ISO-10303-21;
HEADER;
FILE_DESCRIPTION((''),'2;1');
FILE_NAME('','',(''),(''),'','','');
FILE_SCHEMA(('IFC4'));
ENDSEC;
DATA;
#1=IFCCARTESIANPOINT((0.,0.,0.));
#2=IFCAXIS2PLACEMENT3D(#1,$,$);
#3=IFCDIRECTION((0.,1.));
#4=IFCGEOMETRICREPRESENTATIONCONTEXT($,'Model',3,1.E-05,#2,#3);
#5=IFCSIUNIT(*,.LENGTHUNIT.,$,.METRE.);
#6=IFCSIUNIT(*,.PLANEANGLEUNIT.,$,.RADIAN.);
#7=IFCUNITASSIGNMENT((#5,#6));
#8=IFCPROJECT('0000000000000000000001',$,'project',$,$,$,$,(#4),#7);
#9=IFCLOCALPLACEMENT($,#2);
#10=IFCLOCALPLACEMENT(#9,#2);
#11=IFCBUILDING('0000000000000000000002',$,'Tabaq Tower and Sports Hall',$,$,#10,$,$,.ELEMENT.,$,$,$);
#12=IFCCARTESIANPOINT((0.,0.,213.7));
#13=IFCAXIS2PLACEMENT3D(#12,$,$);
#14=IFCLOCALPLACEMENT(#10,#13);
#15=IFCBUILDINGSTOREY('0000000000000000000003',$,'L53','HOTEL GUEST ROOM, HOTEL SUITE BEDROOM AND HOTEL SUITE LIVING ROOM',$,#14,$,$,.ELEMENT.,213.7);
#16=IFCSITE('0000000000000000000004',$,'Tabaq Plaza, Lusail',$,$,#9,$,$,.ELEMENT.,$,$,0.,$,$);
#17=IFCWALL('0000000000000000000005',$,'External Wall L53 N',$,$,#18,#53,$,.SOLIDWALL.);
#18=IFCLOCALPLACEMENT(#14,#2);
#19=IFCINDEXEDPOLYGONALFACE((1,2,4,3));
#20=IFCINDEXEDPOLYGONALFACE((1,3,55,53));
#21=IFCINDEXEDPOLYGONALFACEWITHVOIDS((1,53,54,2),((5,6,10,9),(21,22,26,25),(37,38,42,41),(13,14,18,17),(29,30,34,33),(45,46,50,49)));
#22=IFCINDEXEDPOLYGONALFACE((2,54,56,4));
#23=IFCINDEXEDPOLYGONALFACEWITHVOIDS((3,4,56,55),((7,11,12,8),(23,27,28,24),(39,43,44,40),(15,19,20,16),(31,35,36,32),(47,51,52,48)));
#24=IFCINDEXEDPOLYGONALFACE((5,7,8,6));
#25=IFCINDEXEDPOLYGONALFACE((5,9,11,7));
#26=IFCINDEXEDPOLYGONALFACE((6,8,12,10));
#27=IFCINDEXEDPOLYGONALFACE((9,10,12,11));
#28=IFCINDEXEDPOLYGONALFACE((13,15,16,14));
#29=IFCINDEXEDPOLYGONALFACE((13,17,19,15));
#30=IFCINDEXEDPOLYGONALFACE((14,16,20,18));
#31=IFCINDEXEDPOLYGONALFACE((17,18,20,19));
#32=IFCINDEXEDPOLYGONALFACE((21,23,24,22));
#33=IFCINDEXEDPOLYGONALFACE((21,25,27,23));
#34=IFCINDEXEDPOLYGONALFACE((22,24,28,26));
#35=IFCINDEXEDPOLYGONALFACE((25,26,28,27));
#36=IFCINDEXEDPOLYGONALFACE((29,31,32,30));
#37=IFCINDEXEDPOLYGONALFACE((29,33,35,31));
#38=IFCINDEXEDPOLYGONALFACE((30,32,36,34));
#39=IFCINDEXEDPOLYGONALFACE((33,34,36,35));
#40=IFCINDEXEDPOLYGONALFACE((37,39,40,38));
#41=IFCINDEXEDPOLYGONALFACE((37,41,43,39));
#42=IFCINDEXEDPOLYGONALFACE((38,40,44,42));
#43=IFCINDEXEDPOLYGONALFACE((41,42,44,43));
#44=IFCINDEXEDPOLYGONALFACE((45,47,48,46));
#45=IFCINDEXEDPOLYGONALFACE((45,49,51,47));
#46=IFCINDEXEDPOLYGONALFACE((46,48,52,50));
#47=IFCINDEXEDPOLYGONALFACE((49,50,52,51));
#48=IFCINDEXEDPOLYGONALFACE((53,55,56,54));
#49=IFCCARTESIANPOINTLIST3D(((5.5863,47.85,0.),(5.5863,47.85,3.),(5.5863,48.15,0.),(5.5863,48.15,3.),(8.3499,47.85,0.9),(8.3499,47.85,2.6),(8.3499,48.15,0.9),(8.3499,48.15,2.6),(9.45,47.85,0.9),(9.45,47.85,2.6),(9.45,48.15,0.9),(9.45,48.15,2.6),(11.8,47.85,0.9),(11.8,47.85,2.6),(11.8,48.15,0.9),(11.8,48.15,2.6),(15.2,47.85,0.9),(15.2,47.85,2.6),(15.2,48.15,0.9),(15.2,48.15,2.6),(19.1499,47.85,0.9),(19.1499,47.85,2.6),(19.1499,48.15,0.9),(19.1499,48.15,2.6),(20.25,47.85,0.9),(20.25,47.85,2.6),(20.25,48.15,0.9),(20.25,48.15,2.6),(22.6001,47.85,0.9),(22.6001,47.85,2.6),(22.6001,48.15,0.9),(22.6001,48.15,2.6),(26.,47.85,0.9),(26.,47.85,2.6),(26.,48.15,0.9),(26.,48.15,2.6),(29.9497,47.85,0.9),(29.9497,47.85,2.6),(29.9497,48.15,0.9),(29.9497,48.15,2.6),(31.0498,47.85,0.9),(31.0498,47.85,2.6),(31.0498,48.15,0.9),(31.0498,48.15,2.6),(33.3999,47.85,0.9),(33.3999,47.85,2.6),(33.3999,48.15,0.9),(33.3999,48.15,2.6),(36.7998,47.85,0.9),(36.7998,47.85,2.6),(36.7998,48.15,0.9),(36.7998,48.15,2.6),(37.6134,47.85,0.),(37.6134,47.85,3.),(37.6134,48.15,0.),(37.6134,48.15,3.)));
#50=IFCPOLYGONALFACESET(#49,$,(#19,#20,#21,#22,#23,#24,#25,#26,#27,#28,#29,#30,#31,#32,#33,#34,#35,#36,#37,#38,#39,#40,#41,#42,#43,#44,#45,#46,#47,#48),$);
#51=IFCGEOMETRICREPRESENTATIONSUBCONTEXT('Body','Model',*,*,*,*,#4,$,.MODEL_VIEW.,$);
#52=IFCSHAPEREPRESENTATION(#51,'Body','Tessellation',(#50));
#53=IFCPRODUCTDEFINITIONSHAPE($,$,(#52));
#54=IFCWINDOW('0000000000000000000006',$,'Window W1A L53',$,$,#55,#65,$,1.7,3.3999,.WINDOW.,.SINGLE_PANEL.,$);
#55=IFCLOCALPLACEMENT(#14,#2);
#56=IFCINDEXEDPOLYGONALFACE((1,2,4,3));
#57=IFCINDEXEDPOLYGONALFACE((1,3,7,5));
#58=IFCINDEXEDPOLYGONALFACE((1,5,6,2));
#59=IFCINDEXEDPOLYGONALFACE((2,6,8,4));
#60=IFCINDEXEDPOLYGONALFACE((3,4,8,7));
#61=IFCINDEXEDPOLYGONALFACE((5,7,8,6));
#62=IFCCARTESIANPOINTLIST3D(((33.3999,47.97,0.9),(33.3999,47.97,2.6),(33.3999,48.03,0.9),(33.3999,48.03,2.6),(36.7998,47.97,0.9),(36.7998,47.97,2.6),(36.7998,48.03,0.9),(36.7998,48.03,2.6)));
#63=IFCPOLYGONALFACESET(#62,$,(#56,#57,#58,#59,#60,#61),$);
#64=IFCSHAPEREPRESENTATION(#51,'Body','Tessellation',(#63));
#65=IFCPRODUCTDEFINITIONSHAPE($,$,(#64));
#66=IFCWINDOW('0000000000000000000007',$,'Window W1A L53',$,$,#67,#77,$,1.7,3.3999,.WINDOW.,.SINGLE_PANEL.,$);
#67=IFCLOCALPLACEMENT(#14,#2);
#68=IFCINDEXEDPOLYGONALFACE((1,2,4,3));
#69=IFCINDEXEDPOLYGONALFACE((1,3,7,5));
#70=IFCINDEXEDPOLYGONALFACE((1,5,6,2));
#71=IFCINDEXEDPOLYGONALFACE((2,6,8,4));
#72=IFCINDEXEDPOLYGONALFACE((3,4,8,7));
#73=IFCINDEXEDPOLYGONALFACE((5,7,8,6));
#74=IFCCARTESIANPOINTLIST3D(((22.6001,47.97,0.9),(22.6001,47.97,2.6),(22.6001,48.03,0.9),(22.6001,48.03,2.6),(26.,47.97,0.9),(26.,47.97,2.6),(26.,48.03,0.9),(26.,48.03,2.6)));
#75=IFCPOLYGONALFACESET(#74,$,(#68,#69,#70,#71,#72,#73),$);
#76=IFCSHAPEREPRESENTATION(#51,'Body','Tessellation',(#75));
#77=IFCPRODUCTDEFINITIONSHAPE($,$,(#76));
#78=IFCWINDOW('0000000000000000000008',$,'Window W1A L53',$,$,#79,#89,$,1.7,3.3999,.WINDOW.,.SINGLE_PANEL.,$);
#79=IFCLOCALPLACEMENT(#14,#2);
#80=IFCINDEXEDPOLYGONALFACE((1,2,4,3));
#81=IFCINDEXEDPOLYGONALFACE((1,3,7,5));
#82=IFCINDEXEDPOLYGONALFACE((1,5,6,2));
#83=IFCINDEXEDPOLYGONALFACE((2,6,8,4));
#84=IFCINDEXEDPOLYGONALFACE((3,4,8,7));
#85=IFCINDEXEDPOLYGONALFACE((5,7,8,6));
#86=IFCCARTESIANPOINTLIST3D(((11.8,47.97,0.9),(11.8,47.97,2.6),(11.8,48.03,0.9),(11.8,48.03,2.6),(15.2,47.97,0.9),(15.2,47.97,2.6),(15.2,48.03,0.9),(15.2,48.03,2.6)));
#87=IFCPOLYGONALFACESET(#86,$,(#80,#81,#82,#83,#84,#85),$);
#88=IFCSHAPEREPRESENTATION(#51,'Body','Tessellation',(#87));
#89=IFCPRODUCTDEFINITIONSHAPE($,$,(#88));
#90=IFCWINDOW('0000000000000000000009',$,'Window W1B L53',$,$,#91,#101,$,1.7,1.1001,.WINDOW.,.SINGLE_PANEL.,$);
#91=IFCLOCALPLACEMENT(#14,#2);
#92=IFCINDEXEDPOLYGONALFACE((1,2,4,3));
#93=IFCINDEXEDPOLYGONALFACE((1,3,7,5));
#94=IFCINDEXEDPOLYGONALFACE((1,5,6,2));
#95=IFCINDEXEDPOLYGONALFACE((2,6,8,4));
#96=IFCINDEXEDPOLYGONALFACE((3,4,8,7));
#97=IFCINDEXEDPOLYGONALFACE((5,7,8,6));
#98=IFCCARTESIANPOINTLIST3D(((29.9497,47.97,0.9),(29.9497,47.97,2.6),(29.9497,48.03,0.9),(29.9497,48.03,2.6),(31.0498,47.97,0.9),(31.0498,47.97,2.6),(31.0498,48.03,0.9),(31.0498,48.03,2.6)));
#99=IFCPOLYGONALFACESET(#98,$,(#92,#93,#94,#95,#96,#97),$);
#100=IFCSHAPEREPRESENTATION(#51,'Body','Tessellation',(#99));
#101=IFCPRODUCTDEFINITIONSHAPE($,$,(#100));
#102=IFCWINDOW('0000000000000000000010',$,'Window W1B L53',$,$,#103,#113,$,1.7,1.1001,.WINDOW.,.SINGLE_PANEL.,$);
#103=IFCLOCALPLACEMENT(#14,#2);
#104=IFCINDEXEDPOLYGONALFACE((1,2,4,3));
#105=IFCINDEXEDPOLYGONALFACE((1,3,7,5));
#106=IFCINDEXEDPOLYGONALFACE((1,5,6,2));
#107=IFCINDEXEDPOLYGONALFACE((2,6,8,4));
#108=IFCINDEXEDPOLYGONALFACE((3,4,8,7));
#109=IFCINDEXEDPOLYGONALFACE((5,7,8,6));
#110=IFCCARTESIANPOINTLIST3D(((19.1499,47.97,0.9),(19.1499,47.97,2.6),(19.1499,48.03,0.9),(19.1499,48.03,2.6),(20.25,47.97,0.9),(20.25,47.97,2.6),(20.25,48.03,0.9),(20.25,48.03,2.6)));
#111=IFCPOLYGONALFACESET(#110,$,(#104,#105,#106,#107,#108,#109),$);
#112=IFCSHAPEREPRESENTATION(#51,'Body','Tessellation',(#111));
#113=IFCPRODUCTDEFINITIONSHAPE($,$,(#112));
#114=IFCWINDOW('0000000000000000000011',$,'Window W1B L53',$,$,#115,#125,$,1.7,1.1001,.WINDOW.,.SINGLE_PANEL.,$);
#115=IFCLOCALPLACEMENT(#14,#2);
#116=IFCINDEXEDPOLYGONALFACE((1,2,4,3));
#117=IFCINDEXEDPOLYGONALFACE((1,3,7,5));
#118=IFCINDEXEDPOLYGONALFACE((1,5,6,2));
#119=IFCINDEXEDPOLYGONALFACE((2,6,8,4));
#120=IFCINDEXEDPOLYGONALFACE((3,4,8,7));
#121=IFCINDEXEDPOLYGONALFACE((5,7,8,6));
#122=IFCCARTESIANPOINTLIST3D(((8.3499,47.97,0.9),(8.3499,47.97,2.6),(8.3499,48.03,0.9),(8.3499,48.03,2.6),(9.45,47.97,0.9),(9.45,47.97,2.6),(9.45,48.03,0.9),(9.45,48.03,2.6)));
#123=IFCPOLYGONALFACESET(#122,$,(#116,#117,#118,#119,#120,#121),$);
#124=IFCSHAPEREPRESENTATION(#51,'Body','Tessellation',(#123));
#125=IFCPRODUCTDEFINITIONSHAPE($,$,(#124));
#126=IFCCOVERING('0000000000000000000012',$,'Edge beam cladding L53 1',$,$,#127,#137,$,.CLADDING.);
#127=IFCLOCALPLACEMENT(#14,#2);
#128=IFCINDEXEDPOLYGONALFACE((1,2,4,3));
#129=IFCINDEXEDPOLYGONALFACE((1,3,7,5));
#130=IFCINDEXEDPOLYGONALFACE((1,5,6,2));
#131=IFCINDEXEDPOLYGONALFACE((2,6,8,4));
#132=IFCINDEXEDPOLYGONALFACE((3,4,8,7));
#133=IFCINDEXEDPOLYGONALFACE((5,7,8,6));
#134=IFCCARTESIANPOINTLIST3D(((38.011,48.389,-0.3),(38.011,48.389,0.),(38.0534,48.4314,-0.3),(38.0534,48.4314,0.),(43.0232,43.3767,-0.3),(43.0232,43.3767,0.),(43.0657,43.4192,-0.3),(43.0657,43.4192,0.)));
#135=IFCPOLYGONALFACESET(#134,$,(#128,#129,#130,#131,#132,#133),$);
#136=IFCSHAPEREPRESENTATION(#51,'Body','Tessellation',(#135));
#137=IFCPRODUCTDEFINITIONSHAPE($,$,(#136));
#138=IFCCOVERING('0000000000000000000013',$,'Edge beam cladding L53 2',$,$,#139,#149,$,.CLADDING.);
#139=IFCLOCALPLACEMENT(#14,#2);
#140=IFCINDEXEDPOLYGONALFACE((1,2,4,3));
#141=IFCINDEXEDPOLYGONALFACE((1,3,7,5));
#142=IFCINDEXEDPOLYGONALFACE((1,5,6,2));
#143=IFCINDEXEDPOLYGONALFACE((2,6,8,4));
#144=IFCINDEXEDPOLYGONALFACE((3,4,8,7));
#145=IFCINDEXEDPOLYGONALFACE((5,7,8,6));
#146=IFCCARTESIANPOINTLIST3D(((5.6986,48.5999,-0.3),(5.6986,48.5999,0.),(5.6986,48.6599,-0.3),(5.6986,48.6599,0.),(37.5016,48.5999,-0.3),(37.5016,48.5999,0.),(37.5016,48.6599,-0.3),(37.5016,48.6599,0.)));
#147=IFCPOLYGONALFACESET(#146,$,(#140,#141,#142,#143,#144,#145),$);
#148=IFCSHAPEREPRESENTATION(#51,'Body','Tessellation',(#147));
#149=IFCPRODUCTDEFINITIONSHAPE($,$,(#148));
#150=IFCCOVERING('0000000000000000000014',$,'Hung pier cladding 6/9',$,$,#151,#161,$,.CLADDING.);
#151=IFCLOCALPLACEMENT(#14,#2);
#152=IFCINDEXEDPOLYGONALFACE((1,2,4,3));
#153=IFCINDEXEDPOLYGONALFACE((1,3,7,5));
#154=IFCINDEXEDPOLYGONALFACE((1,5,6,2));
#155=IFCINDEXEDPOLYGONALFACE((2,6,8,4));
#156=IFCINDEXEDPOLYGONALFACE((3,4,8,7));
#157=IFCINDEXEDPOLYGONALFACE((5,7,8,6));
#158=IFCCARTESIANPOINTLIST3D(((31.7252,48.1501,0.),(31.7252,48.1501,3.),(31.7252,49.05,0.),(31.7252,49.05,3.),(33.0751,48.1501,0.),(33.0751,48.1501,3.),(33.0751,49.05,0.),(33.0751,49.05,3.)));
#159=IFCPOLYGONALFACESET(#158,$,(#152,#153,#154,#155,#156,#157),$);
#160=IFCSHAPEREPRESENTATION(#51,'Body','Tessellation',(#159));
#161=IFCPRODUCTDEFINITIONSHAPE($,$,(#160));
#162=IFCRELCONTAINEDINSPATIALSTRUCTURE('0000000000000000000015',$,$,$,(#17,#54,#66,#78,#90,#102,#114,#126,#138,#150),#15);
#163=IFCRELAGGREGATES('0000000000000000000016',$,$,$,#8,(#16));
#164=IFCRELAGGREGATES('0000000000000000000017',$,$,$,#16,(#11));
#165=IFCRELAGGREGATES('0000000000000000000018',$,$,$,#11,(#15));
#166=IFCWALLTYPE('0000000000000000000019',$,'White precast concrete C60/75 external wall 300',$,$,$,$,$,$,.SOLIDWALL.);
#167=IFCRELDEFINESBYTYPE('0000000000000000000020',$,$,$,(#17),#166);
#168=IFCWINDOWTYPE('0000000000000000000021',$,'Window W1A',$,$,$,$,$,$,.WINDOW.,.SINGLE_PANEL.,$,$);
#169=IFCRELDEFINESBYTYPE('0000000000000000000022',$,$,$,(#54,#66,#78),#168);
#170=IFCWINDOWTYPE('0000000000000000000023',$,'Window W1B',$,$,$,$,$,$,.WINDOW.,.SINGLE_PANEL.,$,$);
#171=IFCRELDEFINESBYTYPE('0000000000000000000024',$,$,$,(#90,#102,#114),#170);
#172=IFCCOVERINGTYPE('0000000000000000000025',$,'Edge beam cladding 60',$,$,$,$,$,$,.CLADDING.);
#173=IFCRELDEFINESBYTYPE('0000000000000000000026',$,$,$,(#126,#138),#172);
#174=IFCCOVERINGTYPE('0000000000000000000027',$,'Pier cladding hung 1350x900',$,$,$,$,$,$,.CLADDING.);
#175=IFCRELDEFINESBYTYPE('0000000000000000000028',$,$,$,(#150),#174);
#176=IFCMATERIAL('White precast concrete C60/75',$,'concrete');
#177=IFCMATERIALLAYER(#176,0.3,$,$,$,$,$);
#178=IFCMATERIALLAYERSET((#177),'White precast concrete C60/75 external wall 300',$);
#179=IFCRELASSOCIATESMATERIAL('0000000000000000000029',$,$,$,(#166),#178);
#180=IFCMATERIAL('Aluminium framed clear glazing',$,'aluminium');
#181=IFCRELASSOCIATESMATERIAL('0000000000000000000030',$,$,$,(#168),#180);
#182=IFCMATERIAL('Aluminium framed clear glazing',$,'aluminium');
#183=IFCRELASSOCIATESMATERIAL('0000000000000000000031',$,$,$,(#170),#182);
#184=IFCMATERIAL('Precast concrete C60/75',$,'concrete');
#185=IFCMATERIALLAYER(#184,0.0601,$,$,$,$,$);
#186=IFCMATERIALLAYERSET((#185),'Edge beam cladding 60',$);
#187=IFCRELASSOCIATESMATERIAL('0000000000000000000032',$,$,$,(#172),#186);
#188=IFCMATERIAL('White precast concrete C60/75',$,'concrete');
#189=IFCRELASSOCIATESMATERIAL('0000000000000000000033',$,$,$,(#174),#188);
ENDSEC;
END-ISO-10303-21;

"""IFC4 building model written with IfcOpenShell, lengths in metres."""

from ifc_helpers import new_model, si_unit, direction, frame, frame_2d, origin, place, context, subcontext, project, spatial, rectangle, extrude, material, layer, layer_set, type_object, element, fill, save


model = new_model("IFC4")

# Units and contexts
model_context = context("Model", 3, precision=1e-05, world=origin(), true_north=direction((0.0, 1.0)))
body_context = subcontext(model_context, "Body", "Model", "MODEL_VIEW")
ifc_project = project(units=[si_unit("LENGTHUNIT", "METRE"), si_unit("PLANEANGLEUNIT", "RADIAN")], contexts=[model_context])

# Site, building, storey
site_placement = place(None, origin())
site = spatial("IfcSite", under=ifc_project, at=site_placement, Name="Tabaq Plaza, Lusail", CompositionType="ELEMENT", RefElevation=0.0)
building_placement = place(site_placement, origin())
building = spatial("IfcBuilding", under=site, at=building_placement, Name="Tabaq Tower and Sports Hall", CompositionType="ELEMENT")
storey_placement = place(building_placement, frame((0.0, 0.0, 213.7)))
storey = spatial("IfcBuildingStorey", under=building, at=storey_placement, Name="L53", Description="HOTEL GUEST ROOM, HOTEL SUITE BEDROOM AND HOTEL SUITE LIVING ROOM", CompositionType="ELEMENT", Elevation=213.7)

# Shared definitions
ifc_material_1 = material(Name="White precast concrete C60/75", Category="concrete")
ifc_layer_1 = layer(ifc_material_1, 0.3)
ifc_layer_set_1 = layer_set([ifc_layer_1], Name="White precast concrete C60/75 external wall 300")
wall_type_1 = type_object("IfcWallType", Name="White precast concrete C60/75 external wall 300", PredefinedType="SOLIDWALL", material=ifc_layer_set_1)
ifc_material_2 = material(Name="Aluminium framed clear glazing", Category="aluminium")
window_type_1 = type_object("IfcWindowType", Name="Window W1A", PartitioningType="SINGLE_PANEL", PredefinedType="WINDOW", material=ifc_material_2)

# Wall, openings, windows
wall_1_placement = place(storey_placement, frame((37.6135, 48.0, 0.0), z_axis=(0.0, 0.0, 1.0), x_axis=(-1.0, 0.0, 0.0)))
wall_1 = element("IfcWall", 1, at=wall_1_placement, inside=storey, type_object=wall_type_1, Name="External Wall L53 N", PredefinedType="SOLIDWALL", context=body_context, shape_type="SweptSolid", body=[
    extrude(rectangle(XDim=32.0271, YDim=0.3, at=frame_2d((16.0137, 0.0))), origin(), (0.0, 0.0, 1.0), 3.0),
])
opening_1_placement = place(wall_1_placement, frame((0.8137, 0.0, 0.8999)))
opening_1 = element("IfcOpeningElement", 2, at=opening_1_placement, cuts=wall_1, PredefinedType="OPENING", context=body_context, shape_type="SweptSolid", body=[
    extrude(rectangle(XDim=3.3999, YDim=1.7, at=frame_2d((1.7, 0.8501))), frame((0.0, 0.1602, 0.0), z_axis=(0.0, -1.0, 0.0), x_axis=(1.0, 0.0, 0.0)), (0.0, 0.0, 1.0), 0.3201),
])
opening_2_placement = place(wall_1_placement, frame((6.5637, 0.0, 0.8999)))
opening_2 = element("IfcOpeningElement", 3, at=opening_2_placement, cuts=wall_1, PredefinedType="OPENING", context=body_context, shape_type="SweptSolid", body=[
    extrude(rectangle(XDim=1.1001, YDim=1.7, at=frame_2d((0.55, 0.8501))), frame((0.0, 0.1602, 0.0), z_axis=(0.0, -1.0, 0.0), x_axis=(1.0, 0.0, 0.0)), (0.0, 0.0, 1.0), 0.3201),
])
opening_3_placement = place(wall_1_placement, frame((11.6135, 0.0, 0.8999)))
opening_3 = element("IfcOpeningElement", 4, at=opening_3_placement, cuts=wall_1, PredefinedType="OPENING", context=body_context, shape_type="SweptSolid", body=[
    extrude(rectangle(XDim=3.3999, YDim=1.7, at=frame_2d((1.7, 0.8501))), frame((0.0, 0.1602, 0.0), z_axis=(0.0, -1.0, 0.0), x_axis=(1.0, 0.0, 0.0)), (0.0, 0.0, 1.0), 0.3201),
])
opening_4_placement = place(wall_1_placement, frame((17.3635, 0.0, 0.8999)))
opening_4 = element("IfcOpeningElement", 5, at=opening_4_placement, cuts=wall_1, PredefinedType="OPENING", context=body_context, shape_type="SweptSolid", body=[
    extrude(rectangle(XDim=1.1001, YDim=1.7, at=frame_2d((0.55, 0.8501))), frame((0.0, 0.1602, 0.0), z_axis=(0.0, -1.0, 0.0), x_axis=(1.0, 0.0, 0.0)), (0.0, 0.0, 1.0), 0.3201),
])
opening_5_placement = place(wall_1_placement, frame((22.4136, 0.0, 0.8999)))
opening_5 = element("IfcOpeningElement", 6, at=opening_5_placement, cuts=wall_1, PredefinedType="OPENING", context=body_context, shape_type="SweptSolid", body=[
    extrude(rectangle(XDim=3.3999, YDim=1.7, at=frame_2d((1.7, 0.8501))), frame((0.0, 0.1602, 0.0), z_axis=(0.0, -1.0, 0.0), x_axis=(1.0, 0.0, 0.0)), (0.0, 0.0, 1.0), 0.3201),
])
opening_6_placement = place(wall_1_placement, frame((28.1636, 0.0, 0.8999)))
opening_6 = element("IfcOpeningElement", 7, at=opening_6_placement, cuts=wall_1, PredefinedType="OPENING", context=body_context, shape_type="SweptSolid", body=[
    extrude(rectangle(XDim=1.1001, YDim=1.7, at=frame_2d((0.55, 0.8501))), frame((0.0, 0.1602, 0.0), z_axis=(0.0, -1.0, 0.0), x_axis=(1.0, 0.0, 0.0)), (0.0, 0.0, 1.0), 0.3201),
])
window_1_placement = place(opening_1_placement, origin())
window_1 = element("IfcWindow", 8, at=window_1_placement, inside=storey, type_object=window_type_1, Name="Window W1A L53", OverallHeight=1.7, OverallWidth=3.3999, PartitioningType="SINGLE_PANEL", PredefinedType="WINDOW", context=body_context, shape_type="SweptSolid", body=[
    extrude(rectangle(XDim=3.3999, YDim=1.7, at=frame_2d((1.7, 0.8501))), frame((0.0, 0.03, 0.0), z_axis=(0.0, -1.0, 0.0), x_axis=(1.0, 0.0, 0.0)), (0.0, 0.0, 1.0), 0.0601),
])
fill(opening_1, window_1)
window_2_placement = place(opening_3_placement, origin())
window_2 = element("IfcWindow", 9, at=window_2_placement, inside=storey, type_object=window_type_1, Name="Window W1A L53", OverallHeight=1.7, OverallWidth=3.3999, PartitioningType="SINGLE_PANEL", PredefinedType="WINDOW", context=body_context, shape_type="SweptSolid", body=[
    extrude(rectangle(XDim=3.3999, YDim=1.7, at=frame_2d((1.7, 0.8501))), frame((0.0, 0.03, 0.0), z_axis=(0.0, -1.0, 0.0), x_axis=(1.0, 0.0, 0.0)), (0.0, 0.0, 1.0), 0.0601),
])
fill(opening_3, window_2)
window_3_placement = place(opening_5_placement, origin())
window_3 = element("IfcWindow", 10, at=window_3_placement, inside=storey, type_object=window_type_1, Name="Window W1A L53", OverallHeight=1.7, OverallWidth=3.3999, PartitioningType="SINGLE_PANEL", PredefinedType="WINDOW", context=body_context, shape_type="SweptSolid", body=[
    extrude(rectangle(XDim=3.3999, YDim=1.7, at=frame_2d((1.7, 0.8501))), frame((0.0, 0.03, 0.0), z_axis=(0.0, -1.0, 0.0), x_axis=(1.0, 0.0, 0.0)), (0.0, 0.0, 1.0), 0.0601),
])
fill(opening_5, window_3)
ifc_material_3 = material(Name="Aluminium framed clear glazing", Category="aluminium")
window_type_2 = type_object("IfcWindowType", Name="Window W1B", PartitioningType="SINGLE_PANEL", PredefinedType="WINDOW", material=ifc_material_3)
window_4_placement = place(opening_2_placement, origin())
window_4 = element("IfcWindow", 11, at=window_4_placement, inside=storey, type_object=window_type_2, Name="Window W1B L53", OverallHeight=1.7, OverallWidth=1.1001, PartitioningType="SINGLE_PANEL", PredefinedType="WINDOW", context=body_context, shape_type="SweptSolid", body=[
    extrude(rectangle(XDim=1.1001, YDim=1.7, at=frame_2d((0.55, 0.8501))), frame((0.0, 0.03, 0.0), z_axis=(0.0, -1.0, 0.0), x_axis=(1.0, 0.0, 0.0)), (0.0, 0.0, 1.0), 0.0601),
])
fill(opening_2, window_4)
window_5_placement = place(opening_4_placement, origin())
window_5 = element("IfcWindow", 12, at=window_5_placement, inside=storey, type_object=window_type_2, Name="Window W1B L53", OverallHeight=1.7, OverallWidth=1.1001, PartitioningType="SINGLE_PANEL", PredefinedType="WINDOW", context=body_context, shape_type="SweptSolid", body=[
    extrude(rectangle(XDim=1.1001, YDim=1.7, at=frame_2d((0.55, 0.8501))), frame((0.0, 0.03, 0.0), z_axis=(0.0, -1.0, 0.0), x_axis=(1.0, 0.0, 0.0)), (0.0, 0.0, 1.0), 0.0601),
])
fill(opening_4, window_5)
window_6_placement = place(opening_6_placement, origin())
window_6 = element("IfcWindow", 13, at=window_6_placement, inside=storey, type_object=window_type_2, Name="Window W1B L53", OverallHeight=1.7, OverallWidth=1.1001, PartitioningType="SINGLE_PANEL", PredefinedType="WINDOW", context=body_context, shape_type="SweptSolid", body=[
    extrude(rectangle(XDim=1.1001, YDim=1.7, at=frame_2d((0.55, 0.8501))), frame((0.0, 0.03, 0.0), z_axis=(0.0, -1.0, 0.0), x_axis=(1.0, 0.0, 0.0)), (0.0, 0.0, 1.0), 0.0601),
])
fill(opening_6, window_6)

# Coverings
ifc_material_4 = material(Name="Precast concrete C60/75", Category="concrete")
ifc_layer_2 = layer(ifc_material_4, 0.0601)
ifc_layer_set_2 = layer_set([ifc_layer_2], Name="Edge beam cladding 60")
covering_type_1 = type_object("IfcCoveringType", Name="Edge beam cladding 60", PredefinedType="CLADDING", material=ifc_layer_set_2)
covering_1_placement = place(storey_placement, frame((43.0444, 43.3979, -0.3), z_axis=(0.0, 0.0, 1.0), x_axis=(-0.707107, 0.707107, 0.0)))
element("IfcCovering", 14, at=covering_1_placement, inside=storey, type_object=covering_type_1, Name="Edge beam cladding L53 1", PredefinedType="CLADDING", context=body_context, shape_type="SweptSolid", body=[
    extrude(rectangle(XDim=7.0884, YDim=0.0601, at=frame_2d((3.5442, 0.0))), origin(), (0.0, 0.0, 1.0), 0.3),
])
covering_2_placement = place(storey_placement, frame((37.5015, 48.6299, -0.3), z_axis=(0.0, 0.0, 1.0), x_axis=(-1.0, 0.0, 0.0)))
element("IfcCovering", 15, at=covering_2_placement, inside=storey, type_object=covering_type_1, Name="Edge beam cladding L53 2", PredefinedType="CLADDING", context=body_context, shape_type="SweptSolid", body=[
    extrude(rectangle(XDim=31.803, YDim=0.0601, at=frame_2d((15.9014, 0.0))), origin(), (0.0, 0.0, 1.0), 0.3),
])
ifc_material_5 = material(Name="White precast concrete C60/75", Category="concrete")
covering_type_2 = type_object("IfcCoveringType", Name="Pier cladding hung 1350x900", PredefinedType="CLADDING", material=ifc_material_5)
covering_3_placement = place(storey_placement, frame((33.075, 48.6001, 0.0), z_axis=(0.0, 0.0, 1.0), x_axis=(-1.0, 0.0, 0.0)))
element("IfcCovering", 16, at=covering_3_placement, inside=storey, type_object=covering_type_2, Name="Hung pier cladding 6/9", PredefinedType="CLADDING", context=body_context, shape_type="SweptSolid", body=[
    extrude(rectangle(XDim=1.3499, YDim=0.8999, at=frame_2d((0.6748, 0.0))), origin(), (0.0, 0.0, 1.0), 3.0),
])

save(model, "model.ifc")
